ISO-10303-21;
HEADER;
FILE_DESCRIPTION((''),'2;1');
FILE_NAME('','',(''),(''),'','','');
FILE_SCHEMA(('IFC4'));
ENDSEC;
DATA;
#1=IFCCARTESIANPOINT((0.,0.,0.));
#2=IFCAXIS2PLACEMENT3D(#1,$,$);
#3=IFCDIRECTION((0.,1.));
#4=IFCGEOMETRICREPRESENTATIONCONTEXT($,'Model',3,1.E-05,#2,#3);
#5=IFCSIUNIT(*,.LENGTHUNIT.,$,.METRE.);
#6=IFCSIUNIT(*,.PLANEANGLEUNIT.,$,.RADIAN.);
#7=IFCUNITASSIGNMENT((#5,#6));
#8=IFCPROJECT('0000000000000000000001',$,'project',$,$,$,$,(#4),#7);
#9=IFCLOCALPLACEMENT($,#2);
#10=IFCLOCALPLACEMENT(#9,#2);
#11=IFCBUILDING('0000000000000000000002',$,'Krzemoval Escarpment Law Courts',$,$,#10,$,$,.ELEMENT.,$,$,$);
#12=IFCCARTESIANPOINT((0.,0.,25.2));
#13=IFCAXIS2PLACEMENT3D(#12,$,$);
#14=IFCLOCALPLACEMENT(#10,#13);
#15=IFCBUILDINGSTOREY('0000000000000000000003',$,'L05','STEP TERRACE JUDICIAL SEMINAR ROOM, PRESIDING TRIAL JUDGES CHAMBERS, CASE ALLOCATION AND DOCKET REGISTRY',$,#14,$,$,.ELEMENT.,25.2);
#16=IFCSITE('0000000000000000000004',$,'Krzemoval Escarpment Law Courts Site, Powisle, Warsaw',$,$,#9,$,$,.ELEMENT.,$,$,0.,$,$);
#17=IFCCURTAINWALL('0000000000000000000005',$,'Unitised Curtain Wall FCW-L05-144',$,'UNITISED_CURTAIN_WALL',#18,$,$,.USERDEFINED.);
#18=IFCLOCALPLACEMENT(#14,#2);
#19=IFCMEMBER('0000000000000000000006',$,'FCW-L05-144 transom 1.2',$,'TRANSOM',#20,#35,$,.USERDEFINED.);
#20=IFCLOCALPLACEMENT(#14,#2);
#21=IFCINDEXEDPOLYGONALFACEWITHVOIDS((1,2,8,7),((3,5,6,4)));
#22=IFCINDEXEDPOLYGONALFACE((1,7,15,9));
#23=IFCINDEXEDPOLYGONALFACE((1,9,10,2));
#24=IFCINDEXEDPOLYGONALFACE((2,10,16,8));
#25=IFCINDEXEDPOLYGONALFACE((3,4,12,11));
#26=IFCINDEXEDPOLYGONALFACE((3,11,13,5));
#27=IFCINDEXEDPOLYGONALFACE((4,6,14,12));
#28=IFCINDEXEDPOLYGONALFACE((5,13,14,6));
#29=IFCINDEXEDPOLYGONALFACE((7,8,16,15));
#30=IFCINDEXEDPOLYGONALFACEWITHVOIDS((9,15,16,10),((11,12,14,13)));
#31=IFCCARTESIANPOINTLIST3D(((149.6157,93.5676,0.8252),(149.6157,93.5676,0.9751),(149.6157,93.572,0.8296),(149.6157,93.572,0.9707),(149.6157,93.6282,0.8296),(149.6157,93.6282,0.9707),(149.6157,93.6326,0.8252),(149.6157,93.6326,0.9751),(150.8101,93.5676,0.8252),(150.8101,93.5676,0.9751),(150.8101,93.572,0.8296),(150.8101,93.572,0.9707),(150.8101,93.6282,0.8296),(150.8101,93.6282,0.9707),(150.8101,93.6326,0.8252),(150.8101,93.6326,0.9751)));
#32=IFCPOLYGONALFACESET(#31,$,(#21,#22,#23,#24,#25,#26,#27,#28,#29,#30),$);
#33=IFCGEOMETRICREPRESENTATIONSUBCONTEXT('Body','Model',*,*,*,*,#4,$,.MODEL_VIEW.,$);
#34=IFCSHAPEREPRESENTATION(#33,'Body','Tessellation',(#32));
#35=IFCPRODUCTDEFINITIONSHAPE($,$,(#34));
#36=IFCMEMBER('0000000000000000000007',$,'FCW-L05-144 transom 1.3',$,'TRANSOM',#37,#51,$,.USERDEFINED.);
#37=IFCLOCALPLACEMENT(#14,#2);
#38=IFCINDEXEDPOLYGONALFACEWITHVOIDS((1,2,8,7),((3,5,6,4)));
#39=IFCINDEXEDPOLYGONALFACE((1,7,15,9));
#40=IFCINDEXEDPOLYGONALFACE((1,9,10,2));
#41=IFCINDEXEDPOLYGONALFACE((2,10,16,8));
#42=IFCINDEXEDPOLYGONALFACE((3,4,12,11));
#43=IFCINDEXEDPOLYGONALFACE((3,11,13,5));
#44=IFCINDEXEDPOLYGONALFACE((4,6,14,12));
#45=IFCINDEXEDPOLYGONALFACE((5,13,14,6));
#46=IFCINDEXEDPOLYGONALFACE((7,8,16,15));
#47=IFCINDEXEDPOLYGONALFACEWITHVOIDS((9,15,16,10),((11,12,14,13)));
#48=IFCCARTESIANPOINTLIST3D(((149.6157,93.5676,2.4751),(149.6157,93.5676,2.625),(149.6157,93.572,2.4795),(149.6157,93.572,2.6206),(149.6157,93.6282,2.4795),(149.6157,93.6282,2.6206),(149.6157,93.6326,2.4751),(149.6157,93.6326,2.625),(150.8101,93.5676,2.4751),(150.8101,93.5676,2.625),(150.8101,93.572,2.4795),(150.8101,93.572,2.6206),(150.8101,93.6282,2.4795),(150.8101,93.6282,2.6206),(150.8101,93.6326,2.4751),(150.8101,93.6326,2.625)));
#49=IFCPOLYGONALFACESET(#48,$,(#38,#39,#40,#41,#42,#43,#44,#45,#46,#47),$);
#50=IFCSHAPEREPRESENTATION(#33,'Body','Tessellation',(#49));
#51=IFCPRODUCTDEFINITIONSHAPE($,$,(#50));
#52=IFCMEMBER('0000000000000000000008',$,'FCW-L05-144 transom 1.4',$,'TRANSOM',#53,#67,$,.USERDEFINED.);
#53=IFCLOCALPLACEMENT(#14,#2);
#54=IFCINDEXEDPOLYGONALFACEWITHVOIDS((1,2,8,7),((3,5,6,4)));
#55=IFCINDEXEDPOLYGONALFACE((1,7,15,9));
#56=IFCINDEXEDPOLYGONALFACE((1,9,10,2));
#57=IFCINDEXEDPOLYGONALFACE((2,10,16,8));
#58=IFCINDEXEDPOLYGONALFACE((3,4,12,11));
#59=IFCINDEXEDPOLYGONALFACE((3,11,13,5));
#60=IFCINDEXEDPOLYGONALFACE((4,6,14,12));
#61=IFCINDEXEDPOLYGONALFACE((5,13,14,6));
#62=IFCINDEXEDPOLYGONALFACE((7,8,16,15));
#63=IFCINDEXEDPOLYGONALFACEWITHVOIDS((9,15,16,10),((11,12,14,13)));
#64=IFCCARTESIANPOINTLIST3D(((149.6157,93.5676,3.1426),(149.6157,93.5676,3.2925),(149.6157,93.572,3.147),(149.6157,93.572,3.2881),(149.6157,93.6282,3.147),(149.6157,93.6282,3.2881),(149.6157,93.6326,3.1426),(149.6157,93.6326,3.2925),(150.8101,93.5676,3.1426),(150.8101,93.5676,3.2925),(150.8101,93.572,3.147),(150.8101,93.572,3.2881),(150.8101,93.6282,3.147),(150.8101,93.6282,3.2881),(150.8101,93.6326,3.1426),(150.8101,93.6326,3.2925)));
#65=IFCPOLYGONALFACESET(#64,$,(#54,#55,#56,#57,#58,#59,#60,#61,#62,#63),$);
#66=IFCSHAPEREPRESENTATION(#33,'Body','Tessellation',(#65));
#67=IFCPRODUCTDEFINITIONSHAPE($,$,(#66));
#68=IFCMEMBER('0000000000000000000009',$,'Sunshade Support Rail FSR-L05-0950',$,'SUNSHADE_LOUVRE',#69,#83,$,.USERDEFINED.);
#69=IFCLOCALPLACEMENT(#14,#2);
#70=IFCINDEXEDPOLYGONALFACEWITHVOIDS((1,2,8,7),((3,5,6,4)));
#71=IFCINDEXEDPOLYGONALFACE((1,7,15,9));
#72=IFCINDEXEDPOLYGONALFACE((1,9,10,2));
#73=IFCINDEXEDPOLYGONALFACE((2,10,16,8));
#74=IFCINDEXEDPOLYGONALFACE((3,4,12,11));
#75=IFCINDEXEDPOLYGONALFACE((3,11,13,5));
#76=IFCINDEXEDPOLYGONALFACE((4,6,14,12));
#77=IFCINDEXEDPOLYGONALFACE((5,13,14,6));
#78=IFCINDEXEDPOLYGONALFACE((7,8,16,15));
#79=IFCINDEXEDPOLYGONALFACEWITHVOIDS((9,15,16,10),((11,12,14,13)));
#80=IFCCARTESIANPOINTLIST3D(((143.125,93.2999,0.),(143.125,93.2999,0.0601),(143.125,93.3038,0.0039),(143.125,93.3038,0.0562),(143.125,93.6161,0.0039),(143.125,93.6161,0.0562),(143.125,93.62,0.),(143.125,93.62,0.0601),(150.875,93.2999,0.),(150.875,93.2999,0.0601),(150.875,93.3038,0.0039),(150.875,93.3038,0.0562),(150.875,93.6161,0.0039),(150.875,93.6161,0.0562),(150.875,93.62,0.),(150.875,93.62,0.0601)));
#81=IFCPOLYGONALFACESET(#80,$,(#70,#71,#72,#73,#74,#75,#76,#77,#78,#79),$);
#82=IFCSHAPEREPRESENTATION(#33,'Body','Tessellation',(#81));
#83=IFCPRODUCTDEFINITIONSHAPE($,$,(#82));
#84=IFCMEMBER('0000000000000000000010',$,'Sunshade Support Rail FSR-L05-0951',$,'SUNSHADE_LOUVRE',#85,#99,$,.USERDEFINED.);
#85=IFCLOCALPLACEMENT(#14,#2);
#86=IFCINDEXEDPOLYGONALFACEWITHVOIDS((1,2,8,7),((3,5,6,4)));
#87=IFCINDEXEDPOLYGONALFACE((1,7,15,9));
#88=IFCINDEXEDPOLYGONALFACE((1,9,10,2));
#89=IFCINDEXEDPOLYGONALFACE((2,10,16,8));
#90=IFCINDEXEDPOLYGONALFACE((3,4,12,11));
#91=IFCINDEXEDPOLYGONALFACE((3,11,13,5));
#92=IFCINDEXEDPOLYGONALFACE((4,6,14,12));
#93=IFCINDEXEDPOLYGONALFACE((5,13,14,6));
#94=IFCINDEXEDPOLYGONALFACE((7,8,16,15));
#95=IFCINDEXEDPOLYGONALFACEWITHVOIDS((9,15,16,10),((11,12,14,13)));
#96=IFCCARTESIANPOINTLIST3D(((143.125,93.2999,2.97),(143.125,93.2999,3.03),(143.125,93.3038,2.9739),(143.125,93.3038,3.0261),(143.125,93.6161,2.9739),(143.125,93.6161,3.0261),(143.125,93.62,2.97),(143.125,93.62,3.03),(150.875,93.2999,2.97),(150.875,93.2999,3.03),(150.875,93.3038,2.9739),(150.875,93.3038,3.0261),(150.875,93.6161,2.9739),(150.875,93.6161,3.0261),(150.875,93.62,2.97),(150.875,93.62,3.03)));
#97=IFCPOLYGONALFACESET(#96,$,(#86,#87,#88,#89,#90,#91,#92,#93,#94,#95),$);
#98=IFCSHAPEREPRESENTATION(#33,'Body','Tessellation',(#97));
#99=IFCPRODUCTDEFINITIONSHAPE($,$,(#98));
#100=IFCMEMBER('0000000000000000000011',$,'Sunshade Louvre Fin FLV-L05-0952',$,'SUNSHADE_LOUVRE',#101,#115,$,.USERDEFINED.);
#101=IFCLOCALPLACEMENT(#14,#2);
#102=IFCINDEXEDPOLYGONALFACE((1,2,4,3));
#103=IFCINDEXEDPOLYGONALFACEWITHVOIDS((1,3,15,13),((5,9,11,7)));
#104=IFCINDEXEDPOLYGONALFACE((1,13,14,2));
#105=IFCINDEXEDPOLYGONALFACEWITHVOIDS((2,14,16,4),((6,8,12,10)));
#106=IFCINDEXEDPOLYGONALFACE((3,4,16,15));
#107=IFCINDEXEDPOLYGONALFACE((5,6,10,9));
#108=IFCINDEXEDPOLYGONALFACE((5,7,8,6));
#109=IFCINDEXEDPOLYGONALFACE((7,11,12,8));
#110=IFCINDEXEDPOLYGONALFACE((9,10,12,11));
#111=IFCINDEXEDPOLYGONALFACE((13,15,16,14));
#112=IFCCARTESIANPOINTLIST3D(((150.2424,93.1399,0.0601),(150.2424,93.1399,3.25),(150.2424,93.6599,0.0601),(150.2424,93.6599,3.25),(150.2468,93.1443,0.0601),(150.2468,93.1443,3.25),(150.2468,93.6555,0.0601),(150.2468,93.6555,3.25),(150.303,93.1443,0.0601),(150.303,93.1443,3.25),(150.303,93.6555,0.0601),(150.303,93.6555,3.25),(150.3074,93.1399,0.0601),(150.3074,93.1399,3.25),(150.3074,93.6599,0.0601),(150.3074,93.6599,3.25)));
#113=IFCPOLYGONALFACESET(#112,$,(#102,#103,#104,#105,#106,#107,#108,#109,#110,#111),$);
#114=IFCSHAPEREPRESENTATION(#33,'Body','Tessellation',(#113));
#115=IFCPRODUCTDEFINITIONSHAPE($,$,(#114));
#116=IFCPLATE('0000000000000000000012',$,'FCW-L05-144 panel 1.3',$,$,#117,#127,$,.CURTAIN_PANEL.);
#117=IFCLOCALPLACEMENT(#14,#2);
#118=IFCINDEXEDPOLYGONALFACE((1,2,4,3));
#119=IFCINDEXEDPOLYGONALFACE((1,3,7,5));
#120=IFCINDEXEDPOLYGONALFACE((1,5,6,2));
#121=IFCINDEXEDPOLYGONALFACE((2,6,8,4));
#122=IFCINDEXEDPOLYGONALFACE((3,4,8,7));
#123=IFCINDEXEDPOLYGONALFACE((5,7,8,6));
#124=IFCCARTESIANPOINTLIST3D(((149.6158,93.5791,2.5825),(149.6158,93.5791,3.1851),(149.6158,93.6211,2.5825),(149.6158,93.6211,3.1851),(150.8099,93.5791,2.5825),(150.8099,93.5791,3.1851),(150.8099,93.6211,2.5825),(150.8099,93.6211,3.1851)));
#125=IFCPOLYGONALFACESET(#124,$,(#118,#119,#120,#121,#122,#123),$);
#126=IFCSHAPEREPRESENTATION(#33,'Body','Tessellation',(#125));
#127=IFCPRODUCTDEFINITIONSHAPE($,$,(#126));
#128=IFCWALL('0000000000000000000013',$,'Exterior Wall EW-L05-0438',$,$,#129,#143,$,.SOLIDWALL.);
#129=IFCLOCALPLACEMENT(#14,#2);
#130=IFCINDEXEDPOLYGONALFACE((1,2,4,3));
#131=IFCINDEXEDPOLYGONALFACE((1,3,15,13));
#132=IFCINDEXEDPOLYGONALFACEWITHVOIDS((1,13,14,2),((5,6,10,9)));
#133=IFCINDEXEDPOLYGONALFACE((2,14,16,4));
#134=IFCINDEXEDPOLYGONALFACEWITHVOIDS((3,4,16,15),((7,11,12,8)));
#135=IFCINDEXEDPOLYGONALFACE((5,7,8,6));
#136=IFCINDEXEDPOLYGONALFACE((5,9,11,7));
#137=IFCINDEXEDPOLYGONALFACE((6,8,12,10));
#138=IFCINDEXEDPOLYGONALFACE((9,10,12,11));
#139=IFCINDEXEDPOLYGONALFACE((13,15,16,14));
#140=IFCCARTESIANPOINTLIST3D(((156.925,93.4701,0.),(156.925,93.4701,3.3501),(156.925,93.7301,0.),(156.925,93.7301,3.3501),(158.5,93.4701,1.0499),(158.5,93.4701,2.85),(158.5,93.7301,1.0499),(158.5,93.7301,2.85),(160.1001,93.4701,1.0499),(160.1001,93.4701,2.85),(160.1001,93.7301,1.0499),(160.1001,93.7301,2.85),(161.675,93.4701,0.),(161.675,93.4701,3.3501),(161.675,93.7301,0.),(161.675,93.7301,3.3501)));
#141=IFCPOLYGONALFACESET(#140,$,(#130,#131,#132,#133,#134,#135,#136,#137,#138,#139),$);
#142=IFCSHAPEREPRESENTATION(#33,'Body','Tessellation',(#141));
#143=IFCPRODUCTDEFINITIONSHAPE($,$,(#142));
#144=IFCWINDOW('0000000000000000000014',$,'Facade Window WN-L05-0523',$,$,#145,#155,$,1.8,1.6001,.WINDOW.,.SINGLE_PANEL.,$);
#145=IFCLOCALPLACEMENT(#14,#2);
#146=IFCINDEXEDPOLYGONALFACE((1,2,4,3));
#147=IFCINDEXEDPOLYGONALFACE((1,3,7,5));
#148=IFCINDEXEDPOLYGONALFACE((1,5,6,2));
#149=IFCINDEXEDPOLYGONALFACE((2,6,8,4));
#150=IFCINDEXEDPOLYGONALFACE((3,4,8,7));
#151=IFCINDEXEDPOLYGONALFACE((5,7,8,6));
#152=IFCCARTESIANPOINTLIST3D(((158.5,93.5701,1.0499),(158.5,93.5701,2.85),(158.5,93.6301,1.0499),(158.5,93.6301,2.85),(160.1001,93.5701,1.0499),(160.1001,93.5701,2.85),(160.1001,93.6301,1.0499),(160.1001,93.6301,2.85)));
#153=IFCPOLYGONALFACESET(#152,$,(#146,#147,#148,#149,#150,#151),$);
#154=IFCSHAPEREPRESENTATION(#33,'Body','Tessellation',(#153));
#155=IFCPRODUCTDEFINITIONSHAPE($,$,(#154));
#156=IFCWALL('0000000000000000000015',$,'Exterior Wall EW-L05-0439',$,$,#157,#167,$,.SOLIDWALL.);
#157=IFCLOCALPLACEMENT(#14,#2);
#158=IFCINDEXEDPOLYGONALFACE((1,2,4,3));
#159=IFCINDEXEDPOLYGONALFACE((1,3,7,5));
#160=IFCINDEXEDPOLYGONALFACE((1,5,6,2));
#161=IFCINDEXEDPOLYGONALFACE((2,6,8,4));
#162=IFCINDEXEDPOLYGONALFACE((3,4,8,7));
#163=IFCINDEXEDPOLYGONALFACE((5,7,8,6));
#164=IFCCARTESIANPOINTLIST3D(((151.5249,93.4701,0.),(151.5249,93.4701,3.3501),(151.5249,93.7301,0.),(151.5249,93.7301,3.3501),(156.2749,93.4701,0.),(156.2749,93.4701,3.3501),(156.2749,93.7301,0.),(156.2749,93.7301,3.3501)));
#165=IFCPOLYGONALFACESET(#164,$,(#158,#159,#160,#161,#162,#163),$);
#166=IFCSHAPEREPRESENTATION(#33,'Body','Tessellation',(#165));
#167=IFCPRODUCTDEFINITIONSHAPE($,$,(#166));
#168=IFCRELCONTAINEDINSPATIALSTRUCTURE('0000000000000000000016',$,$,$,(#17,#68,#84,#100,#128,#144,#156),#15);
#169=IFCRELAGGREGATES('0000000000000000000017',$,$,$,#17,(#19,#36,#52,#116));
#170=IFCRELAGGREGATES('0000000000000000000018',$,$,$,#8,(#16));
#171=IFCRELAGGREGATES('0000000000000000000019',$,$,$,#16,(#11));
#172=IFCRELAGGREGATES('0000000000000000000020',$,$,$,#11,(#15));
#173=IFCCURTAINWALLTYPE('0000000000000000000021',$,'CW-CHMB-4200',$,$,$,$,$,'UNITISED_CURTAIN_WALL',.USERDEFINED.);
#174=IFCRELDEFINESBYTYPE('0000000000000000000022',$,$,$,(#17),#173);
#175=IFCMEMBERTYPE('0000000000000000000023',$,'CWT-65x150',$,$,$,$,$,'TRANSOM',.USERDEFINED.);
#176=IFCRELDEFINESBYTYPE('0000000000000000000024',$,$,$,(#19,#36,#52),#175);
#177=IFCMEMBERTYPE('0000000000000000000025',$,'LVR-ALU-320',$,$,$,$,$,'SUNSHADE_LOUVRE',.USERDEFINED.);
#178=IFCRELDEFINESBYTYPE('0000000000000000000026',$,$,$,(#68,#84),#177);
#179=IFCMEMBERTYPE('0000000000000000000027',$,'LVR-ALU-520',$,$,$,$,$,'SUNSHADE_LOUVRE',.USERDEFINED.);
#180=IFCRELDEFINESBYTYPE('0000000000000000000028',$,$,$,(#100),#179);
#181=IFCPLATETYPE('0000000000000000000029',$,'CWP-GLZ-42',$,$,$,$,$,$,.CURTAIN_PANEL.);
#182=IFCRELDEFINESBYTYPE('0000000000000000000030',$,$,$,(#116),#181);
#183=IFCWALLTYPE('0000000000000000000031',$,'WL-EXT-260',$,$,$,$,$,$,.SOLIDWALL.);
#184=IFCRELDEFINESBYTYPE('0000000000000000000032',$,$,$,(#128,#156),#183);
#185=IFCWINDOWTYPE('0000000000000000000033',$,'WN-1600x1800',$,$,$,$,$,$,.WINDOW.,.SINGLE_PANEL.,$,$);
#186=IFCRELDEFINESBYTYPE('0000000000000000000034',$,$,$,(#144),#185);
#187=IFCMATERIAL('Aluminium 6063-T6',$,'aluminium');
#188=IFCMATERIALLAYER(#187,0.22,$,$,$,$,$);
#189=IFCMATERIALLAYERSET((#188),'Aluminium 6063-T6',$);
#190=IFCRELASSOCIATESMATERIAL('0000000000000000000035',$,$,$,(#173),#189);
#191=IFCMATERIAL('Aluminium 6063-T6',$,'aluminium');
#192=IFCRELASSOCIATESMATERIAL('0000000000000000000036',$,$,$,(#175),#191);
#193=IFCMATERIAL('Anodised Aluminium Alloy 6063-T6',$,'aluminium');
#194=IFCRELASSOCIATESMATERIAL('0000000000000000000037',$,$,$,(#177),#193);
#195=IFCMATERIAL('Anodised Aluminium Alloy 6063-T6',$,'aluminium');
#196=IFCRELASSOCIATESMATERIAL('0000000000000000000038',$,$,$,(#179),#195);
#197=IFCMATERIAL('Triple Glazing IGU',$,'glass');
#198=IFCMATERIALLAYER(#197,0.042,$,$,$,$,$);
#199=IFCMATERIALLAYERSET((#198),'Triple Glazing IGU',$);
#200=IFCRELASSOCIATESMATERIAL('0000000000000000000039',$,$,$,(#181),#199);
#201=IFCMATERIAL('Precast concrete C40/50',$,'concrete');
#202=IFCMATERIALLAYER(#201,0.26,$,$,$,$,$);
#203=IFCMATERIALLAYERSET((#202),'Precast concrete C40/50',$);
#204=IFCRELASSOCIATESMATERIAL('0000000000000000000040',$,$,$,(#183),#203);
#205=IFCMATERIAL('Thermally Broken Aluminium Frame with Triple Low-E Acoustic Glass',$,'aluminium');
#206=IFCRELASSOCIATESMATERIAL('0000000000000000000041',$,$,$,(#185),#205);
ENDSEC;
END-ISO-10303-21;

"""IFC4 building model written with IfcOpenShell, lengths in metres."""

from ifc_helpers import new_model, si_unit, direction, frame, frame_2d, origin, origin_2d, place, context, subcontext, project, spatial, rectangle, hollow_rectangle, extrude, material, layer, layer_set, material_profile, profile_set, type_object, element, fill, aggregate, save


model = new_model("IFC4")

# Units and contexts
model_context = context("Model", 3, precision=1e-05, world=origin(), true_north=direction((0.0, 1.0)))
body_context = subcontext(model_context, "Body", "Model", "MODEL_VIEW")
ifc_project = project(units=[si_unit("LENGTHUNIT", "METRE"), si_unit("PLANEANGLEUNIT", "RADIAN")], contexts=[model_context])

# Site, building, storey
site_placement = place(None, origin())
site = spatial("IfcSite", under=ifc_project, at=site_placement, Name="Krzemoval Escarpment Law Courts Site, Powisle, Warsaw", CompositionType="ELEMENT", RefElevation=0.0)
building_placement = place(site_placement, origin())
building = spatial("IfcBuilding", under=site, at=building_placement, Name="Krzemoval Escarpment Law Courts", CompositionType="ELEMENT")
storey_placement = place(building_placement, frame((0.0, 0.0, 25.2)))
storey = spatial("IfcBuildingStorey", under=building, at=storey_placement, Name="L05", Description="STEP TERRACE JUDICIAL SEMINAR ROOM, PRESIDING TRIAL JUDGES CHAMBERS, CASE ALLOCATION AND DOCKET REGISTRY", CompositionType="ELEMENT", Elevation=25.2)

# Curtain wall, members
ifc_material_1 = material(Name="Aluminium 6063-T6", Category="aluminium")
ifc_layer_1 = layer(ifc_material_1, 0.22)
ifc_layer_set_1 = layer_set([ifc_layer_1], Name="Aluminium 6063-T6")
curtain_wall_type = type_object("IfcCurtainWallType", Name="CW-CHMB-4200", ElementType="UNITISED_CURTAIN_WALL", PredefinedType="USERDEFINED", material=ifc_layer_set_1)
curtain_wall_placement = place(storey_placement, origin())
curtain_wall = element("IfcCurtainWall", 1, at=curtain_wall_placement, inside=storey, type_object=curtain_wall_type, Name="Unitised Curtain Wall FCW-L05-144", ObjectType="UNITISED_CURTAIN_WALL", PredefinedType="USERDEFINED")
ifc_material_2 = material(Name="Aluminium 6063-T6", Category="aluminium")
ifc_material_profile_1 = material_profile(ifc_material_2, hollow_rectangle(XDim=0.0649, YDim=0.1499, WallThickness=0.0044, at=origin_2d()), Name="ALU T65x150")
ifc_profile_set_1 = profile_set([ifc_material_profile_1], Name="Aluminium 6063-T6")
member_type_1 = type_object("IfcMemberType", Name="CWT-65x150", ElementType="TRANSOM", PredefinedType="USERDEFINED", material=ifc_profile_set_1)
member_1_placement = place(storey_placement, frame((150.8101, 93.6001, 0.9001), z_axis=(-1.0, 0.0, 0.0), x_axis=(0.0, -1.0, 0.0)))
member_1 = element("IfcMember", 2, at=member_1_placement, type_object=member_type_1, Name="FCW-L05-144 transom 1.2", ObjectType="TRANSOM", PredefinedType="USERDEFINED", context=body_context, shape_type="SweptSolid", body=[
    extrude(hollow_rectangle(XDim=0.0649, YDim=0.1499, WallThickness=0.0044, at=origin_2d()), origin(), (0.0, 0.0, 1.0), 1.1943),
])
member_2_placement = place(storey_placement, frame((150.8101, 93.6001, 2.55), z_axis=(-1.0, 0.0, 0.0), x_axis=(0.0, -1.0, 0.0)))
member_2 = element("IfcMember", 3, at=member_2_placement, type_object=member_type_1, Name="FCW-L05-144 transom 1.3", ObjectType="TRANSOM", PredefinedType="USERDEFINED", context=body_context, shape_type="SweptSolid", body=[
    extrude(hollow_rectangle(XDim=0.0649, YDim=0.1499, WallThickness=0.0044, at=origin_2d()), origin(), (0.0, 0.0, 1.0), 1.1943),
])
member_3_placement = place(storey_placement, frame((150.8101, 93.6001, 3.2175), z_axis=(-1.0, 0.0, 0.0), x_axis=(0.0, -1.0, 0.0)))
member_3 = element("IfcMember", 4, at=member_3_placement, type_object=member_type_1, Name="FCW-L05-144 transom 1.4", ObjectType="TRANSOM", PredefinedType="USERDEFINED", context=body_context, shape_type="SweptSolid", body=[
    extrude(hollow_rectangle(XDim=0.0649, YDim=0.1499, WallThickness=0.0044, at=origin_2d()), origin(), (0.0, 0.0, 1.0), 1.1943),
])

# Members
ifc_material_3 = material(Name="Anodised Aluminium Alloy 6063-T6", Category="aluminium")
ifc_material_profile_2 = material_profile(ifc_material_3, hollow_rectangle(XDim=0.0601, YDim=0.3201, WallThickness=0.0039, at=origin_2d()), Name="ALU LVR 60x320")
ifc_profile_set_2 = profile_set([ifc_material_profile_2], Name="Anodised Aluminium Alloy 6063-T6")
member_type_2 = type_object("IfcMemberType", Name="LVR-ALU-320", ElementType="SUNSHADE_LOUVRE", PredefinedType="USERDEFINED", material=ifc_profile_set_2)
for number, where, z_axis, x_axis, name in (
    (5, (150.875, 93.46, 0.03), (-1.0, 0.0, 0.0), (0.0, 0.0, 1.0), "Sunshade Support Rail FSR-L05-0950"),
    (6, (150.875, 93.46, 3.0), (-1.0, 0.0, 0.0), (0.0, 0.0, 1.0), "Sunshade Support Rail FSR-L05-0951"),
):
    element("IfcMember", number, at=place(storey_placement, frame(where, z_axis=z_axis, x_axis=x_axis)), inside=storey, type_object=member_type_2, Name=name, ObjectType="SUNSHADE_LOUVRE", PredefinedType="USERDEFINED", context=body_context, shape_type="SweptSolid", body=[
        extrude(hollow_rectangle(XDim=0.0601, YDim=0.3201, WallThickness=0.0039, at=origin_2d()), origin(), (0.0, 0.0, 1.0), 7.75),
    ])
ifc_material_4 = material(Name="Anodised Aluminium Alloy 6063-T6", Category="aluminium")
ifc_material_profile_3 = material_profile(ifc_material_4, hollow_rectangle(XDim=0.0649, YDim=0.52, WallThickness=0.0044, at=origin_2d()), Name="ALU LVR 65x520")
ifc_profile_set_3 = profile_set([ifc_material_profile_3], Name="Anodised Aluminium Alloy 6063-T6")
member_type_3 = type_object("IfcMemberType", Name="LVR-ALU-520", ElementType="SUNSHADE_LOUVRE", PredefinedType="USERDEFINED", material=ifc_profile_set_3)
member_4_placement = place(storey_placement, frame((150.2749, 93.3999, 0.0601), z_axis=(0.0, 0.0, 1.0), x_axis=(1.0, 0.0, 0.0)))
element("IfcMember", 7, at=member_4_placement, inside=storey, type_object=member_type_3, Name="Sunshade Louvre Fin FLV-L05-0952", ObjectType="SUNSHADE_LOUVRE", PredefinedType="USERDEFINED", context=body_context, shape_type="SweptSolid", body=[
    extrude(hollow_rectangle(XDim=0.0649, YDim=0.52, WallThickness=0.0044, at=origin_2d()), origin(), (0.0, 0.0, 1.0), 3.1899),
])

# Plate
ifc_material_5 = material(Name="Triple Glazing IGU", Category="glass")
ifc_layer_2 = layer(ifc_material_5, 0.042)
ifc_layer_set_2 = layer_set([ifc_layer_2], Name="Triple Glazing IGU")
plate_type = type_object("IfcPlateType", Name="CWP-GLZ-42", PredefinedType="CURTAIN_PANEL", material=ifc_layer_set_2)
plate_placement = place(storey_placement, frame((150.2129, 93.6001, 2.5825), z_axis=(0.0, 0.0, 1.0), x_axis=(-1.0, 0.0, 0.0)))
plate = element("IfcPlate", 8, at=plate_placement, type_object=plate_type, Name="FCW-L05-144 panel 1.3", PredefinedType="CURTAIN_PANEL", context=body_context, shape_type="SweptSolid", body=[
    extrude(rectangle(XDim=1.1941, YDim=0.042, at=origin_2d()), origin(), (0.0, 0.0, 1.0), 0.6025),
])
aggregate(curtain_wall, [member_1, member_2, member_3, plate])

# Wall, opening, window
ifc_material_6 = material(Name="Precast concrete C40/50", Category="concrete")
ifc_layer_3 = layer(ifc_material_6, 0.26)
ifc_layer_set_3 = layer_set([ifc_layer_3], Name="Precast concrete C40/50")
wall_type_1 = type_object("IfcWallType", Name="WL-EXT-260", PredefinedType="SOLIDWALL", material=ifc_layer_set_3)
wall_1_placement = place(storey_placement, frame((161.675, 93.6001, 0.0), z_axis=(0.0, 0.0, 1.0), x_axis=(-1.0, 0.0, 0.0)))
wall_1 = element("IfcWall", 9, at=wall_1_placement, inside=storey, type_object=wall_type_1, Name="Exterior Wall EW-L05-0438", PredefinedType="SOLIDWALL", context=body_context, shape_type="SweptSolid", body=[
    extrude(rectangle(XDim=4.75, YDim=0.26, at=frame_2d((2.375, 0.0))), origin(), (0.0, 0.0, 1.0), 3.3501),
])
opening_1_placement = place(wall_1_placement, frame((1.575, 0.0, 1.05)))
opening_1 = element("IfcOpeningElement", 10, at=opening_1_placement, cuts=wall_1, PredefinedType="OPENING", context=body_context, shape_type="SweptSolid", body=[
    extrude(rectangle(XDim=1.6001, YDim=1.8, at=frame_2d((0.8, 0.8999))), frame((0.0, 0.145, 0.0), z_axis=(0.0, -1.0, 0.0), x_axis=(1.0, 0.0, 0.0)), (0.0, 0.0, 1.0), 0.29),
])
ifc_material_7 = material(Name="Thermally Broken Aluminium Frame with Triple Low-E Acoustic Glass", Category="aluminium")
window_type = type_object("IfcWindowType", Name="WN-1600x1800", PartitioningType="SINGLE_PANEL", PredefinedType="WINDOW", material=ifc_material_7)
window_placement = place(opening_1_placement, origin())
window = element("IfcWindow", 11, at=window_placement, inside=storey, type_object=window_type, Name="Facade Window WN-L05-0523", OverallHeight=1.8, OverallWidth=1.6001, PartitioningType="SINGLE_PANEL", PredefinedType="WINDOW", context=body_context, shape_type="SweptSolid", body=[
    extrude(rectangle(XDim=1.6001, YDim=1.8, at=frame_2d((0.8, 0.8999))), frame((0.0, 0.03, 0.0), z_axis=(0.0, -1.0, 0.0), x_axis=(1.0, 0.0, 0.0)), (0.0, 0.0, 1.0), 0.0601),
])
fill(opening_1, window)

# Wall
wall_2_placement = place(storey_placement, frame((156.2749, 93.6001, 0.0), z_axis=(0.0, 0.0, 1.0), x_axis=(-1.0, 0.0, 0.0)))
element("IfcWall", 12, at=wall_2_placement, inside=storey, type_object=wall_type_1, Name="Exterior Wall EW-L05-0439", PredefinedType="SOLIDWALL", context=body_context, shape_type="SweptSolid", body=[
    extrude(rectangle(XDim=4.75, YDim=0.26, at=frame_2d((2.375, 0.0))), origin(), (0.0, 0.0, 1.0), 3.3501),
])

save(model, "model.ifc")
